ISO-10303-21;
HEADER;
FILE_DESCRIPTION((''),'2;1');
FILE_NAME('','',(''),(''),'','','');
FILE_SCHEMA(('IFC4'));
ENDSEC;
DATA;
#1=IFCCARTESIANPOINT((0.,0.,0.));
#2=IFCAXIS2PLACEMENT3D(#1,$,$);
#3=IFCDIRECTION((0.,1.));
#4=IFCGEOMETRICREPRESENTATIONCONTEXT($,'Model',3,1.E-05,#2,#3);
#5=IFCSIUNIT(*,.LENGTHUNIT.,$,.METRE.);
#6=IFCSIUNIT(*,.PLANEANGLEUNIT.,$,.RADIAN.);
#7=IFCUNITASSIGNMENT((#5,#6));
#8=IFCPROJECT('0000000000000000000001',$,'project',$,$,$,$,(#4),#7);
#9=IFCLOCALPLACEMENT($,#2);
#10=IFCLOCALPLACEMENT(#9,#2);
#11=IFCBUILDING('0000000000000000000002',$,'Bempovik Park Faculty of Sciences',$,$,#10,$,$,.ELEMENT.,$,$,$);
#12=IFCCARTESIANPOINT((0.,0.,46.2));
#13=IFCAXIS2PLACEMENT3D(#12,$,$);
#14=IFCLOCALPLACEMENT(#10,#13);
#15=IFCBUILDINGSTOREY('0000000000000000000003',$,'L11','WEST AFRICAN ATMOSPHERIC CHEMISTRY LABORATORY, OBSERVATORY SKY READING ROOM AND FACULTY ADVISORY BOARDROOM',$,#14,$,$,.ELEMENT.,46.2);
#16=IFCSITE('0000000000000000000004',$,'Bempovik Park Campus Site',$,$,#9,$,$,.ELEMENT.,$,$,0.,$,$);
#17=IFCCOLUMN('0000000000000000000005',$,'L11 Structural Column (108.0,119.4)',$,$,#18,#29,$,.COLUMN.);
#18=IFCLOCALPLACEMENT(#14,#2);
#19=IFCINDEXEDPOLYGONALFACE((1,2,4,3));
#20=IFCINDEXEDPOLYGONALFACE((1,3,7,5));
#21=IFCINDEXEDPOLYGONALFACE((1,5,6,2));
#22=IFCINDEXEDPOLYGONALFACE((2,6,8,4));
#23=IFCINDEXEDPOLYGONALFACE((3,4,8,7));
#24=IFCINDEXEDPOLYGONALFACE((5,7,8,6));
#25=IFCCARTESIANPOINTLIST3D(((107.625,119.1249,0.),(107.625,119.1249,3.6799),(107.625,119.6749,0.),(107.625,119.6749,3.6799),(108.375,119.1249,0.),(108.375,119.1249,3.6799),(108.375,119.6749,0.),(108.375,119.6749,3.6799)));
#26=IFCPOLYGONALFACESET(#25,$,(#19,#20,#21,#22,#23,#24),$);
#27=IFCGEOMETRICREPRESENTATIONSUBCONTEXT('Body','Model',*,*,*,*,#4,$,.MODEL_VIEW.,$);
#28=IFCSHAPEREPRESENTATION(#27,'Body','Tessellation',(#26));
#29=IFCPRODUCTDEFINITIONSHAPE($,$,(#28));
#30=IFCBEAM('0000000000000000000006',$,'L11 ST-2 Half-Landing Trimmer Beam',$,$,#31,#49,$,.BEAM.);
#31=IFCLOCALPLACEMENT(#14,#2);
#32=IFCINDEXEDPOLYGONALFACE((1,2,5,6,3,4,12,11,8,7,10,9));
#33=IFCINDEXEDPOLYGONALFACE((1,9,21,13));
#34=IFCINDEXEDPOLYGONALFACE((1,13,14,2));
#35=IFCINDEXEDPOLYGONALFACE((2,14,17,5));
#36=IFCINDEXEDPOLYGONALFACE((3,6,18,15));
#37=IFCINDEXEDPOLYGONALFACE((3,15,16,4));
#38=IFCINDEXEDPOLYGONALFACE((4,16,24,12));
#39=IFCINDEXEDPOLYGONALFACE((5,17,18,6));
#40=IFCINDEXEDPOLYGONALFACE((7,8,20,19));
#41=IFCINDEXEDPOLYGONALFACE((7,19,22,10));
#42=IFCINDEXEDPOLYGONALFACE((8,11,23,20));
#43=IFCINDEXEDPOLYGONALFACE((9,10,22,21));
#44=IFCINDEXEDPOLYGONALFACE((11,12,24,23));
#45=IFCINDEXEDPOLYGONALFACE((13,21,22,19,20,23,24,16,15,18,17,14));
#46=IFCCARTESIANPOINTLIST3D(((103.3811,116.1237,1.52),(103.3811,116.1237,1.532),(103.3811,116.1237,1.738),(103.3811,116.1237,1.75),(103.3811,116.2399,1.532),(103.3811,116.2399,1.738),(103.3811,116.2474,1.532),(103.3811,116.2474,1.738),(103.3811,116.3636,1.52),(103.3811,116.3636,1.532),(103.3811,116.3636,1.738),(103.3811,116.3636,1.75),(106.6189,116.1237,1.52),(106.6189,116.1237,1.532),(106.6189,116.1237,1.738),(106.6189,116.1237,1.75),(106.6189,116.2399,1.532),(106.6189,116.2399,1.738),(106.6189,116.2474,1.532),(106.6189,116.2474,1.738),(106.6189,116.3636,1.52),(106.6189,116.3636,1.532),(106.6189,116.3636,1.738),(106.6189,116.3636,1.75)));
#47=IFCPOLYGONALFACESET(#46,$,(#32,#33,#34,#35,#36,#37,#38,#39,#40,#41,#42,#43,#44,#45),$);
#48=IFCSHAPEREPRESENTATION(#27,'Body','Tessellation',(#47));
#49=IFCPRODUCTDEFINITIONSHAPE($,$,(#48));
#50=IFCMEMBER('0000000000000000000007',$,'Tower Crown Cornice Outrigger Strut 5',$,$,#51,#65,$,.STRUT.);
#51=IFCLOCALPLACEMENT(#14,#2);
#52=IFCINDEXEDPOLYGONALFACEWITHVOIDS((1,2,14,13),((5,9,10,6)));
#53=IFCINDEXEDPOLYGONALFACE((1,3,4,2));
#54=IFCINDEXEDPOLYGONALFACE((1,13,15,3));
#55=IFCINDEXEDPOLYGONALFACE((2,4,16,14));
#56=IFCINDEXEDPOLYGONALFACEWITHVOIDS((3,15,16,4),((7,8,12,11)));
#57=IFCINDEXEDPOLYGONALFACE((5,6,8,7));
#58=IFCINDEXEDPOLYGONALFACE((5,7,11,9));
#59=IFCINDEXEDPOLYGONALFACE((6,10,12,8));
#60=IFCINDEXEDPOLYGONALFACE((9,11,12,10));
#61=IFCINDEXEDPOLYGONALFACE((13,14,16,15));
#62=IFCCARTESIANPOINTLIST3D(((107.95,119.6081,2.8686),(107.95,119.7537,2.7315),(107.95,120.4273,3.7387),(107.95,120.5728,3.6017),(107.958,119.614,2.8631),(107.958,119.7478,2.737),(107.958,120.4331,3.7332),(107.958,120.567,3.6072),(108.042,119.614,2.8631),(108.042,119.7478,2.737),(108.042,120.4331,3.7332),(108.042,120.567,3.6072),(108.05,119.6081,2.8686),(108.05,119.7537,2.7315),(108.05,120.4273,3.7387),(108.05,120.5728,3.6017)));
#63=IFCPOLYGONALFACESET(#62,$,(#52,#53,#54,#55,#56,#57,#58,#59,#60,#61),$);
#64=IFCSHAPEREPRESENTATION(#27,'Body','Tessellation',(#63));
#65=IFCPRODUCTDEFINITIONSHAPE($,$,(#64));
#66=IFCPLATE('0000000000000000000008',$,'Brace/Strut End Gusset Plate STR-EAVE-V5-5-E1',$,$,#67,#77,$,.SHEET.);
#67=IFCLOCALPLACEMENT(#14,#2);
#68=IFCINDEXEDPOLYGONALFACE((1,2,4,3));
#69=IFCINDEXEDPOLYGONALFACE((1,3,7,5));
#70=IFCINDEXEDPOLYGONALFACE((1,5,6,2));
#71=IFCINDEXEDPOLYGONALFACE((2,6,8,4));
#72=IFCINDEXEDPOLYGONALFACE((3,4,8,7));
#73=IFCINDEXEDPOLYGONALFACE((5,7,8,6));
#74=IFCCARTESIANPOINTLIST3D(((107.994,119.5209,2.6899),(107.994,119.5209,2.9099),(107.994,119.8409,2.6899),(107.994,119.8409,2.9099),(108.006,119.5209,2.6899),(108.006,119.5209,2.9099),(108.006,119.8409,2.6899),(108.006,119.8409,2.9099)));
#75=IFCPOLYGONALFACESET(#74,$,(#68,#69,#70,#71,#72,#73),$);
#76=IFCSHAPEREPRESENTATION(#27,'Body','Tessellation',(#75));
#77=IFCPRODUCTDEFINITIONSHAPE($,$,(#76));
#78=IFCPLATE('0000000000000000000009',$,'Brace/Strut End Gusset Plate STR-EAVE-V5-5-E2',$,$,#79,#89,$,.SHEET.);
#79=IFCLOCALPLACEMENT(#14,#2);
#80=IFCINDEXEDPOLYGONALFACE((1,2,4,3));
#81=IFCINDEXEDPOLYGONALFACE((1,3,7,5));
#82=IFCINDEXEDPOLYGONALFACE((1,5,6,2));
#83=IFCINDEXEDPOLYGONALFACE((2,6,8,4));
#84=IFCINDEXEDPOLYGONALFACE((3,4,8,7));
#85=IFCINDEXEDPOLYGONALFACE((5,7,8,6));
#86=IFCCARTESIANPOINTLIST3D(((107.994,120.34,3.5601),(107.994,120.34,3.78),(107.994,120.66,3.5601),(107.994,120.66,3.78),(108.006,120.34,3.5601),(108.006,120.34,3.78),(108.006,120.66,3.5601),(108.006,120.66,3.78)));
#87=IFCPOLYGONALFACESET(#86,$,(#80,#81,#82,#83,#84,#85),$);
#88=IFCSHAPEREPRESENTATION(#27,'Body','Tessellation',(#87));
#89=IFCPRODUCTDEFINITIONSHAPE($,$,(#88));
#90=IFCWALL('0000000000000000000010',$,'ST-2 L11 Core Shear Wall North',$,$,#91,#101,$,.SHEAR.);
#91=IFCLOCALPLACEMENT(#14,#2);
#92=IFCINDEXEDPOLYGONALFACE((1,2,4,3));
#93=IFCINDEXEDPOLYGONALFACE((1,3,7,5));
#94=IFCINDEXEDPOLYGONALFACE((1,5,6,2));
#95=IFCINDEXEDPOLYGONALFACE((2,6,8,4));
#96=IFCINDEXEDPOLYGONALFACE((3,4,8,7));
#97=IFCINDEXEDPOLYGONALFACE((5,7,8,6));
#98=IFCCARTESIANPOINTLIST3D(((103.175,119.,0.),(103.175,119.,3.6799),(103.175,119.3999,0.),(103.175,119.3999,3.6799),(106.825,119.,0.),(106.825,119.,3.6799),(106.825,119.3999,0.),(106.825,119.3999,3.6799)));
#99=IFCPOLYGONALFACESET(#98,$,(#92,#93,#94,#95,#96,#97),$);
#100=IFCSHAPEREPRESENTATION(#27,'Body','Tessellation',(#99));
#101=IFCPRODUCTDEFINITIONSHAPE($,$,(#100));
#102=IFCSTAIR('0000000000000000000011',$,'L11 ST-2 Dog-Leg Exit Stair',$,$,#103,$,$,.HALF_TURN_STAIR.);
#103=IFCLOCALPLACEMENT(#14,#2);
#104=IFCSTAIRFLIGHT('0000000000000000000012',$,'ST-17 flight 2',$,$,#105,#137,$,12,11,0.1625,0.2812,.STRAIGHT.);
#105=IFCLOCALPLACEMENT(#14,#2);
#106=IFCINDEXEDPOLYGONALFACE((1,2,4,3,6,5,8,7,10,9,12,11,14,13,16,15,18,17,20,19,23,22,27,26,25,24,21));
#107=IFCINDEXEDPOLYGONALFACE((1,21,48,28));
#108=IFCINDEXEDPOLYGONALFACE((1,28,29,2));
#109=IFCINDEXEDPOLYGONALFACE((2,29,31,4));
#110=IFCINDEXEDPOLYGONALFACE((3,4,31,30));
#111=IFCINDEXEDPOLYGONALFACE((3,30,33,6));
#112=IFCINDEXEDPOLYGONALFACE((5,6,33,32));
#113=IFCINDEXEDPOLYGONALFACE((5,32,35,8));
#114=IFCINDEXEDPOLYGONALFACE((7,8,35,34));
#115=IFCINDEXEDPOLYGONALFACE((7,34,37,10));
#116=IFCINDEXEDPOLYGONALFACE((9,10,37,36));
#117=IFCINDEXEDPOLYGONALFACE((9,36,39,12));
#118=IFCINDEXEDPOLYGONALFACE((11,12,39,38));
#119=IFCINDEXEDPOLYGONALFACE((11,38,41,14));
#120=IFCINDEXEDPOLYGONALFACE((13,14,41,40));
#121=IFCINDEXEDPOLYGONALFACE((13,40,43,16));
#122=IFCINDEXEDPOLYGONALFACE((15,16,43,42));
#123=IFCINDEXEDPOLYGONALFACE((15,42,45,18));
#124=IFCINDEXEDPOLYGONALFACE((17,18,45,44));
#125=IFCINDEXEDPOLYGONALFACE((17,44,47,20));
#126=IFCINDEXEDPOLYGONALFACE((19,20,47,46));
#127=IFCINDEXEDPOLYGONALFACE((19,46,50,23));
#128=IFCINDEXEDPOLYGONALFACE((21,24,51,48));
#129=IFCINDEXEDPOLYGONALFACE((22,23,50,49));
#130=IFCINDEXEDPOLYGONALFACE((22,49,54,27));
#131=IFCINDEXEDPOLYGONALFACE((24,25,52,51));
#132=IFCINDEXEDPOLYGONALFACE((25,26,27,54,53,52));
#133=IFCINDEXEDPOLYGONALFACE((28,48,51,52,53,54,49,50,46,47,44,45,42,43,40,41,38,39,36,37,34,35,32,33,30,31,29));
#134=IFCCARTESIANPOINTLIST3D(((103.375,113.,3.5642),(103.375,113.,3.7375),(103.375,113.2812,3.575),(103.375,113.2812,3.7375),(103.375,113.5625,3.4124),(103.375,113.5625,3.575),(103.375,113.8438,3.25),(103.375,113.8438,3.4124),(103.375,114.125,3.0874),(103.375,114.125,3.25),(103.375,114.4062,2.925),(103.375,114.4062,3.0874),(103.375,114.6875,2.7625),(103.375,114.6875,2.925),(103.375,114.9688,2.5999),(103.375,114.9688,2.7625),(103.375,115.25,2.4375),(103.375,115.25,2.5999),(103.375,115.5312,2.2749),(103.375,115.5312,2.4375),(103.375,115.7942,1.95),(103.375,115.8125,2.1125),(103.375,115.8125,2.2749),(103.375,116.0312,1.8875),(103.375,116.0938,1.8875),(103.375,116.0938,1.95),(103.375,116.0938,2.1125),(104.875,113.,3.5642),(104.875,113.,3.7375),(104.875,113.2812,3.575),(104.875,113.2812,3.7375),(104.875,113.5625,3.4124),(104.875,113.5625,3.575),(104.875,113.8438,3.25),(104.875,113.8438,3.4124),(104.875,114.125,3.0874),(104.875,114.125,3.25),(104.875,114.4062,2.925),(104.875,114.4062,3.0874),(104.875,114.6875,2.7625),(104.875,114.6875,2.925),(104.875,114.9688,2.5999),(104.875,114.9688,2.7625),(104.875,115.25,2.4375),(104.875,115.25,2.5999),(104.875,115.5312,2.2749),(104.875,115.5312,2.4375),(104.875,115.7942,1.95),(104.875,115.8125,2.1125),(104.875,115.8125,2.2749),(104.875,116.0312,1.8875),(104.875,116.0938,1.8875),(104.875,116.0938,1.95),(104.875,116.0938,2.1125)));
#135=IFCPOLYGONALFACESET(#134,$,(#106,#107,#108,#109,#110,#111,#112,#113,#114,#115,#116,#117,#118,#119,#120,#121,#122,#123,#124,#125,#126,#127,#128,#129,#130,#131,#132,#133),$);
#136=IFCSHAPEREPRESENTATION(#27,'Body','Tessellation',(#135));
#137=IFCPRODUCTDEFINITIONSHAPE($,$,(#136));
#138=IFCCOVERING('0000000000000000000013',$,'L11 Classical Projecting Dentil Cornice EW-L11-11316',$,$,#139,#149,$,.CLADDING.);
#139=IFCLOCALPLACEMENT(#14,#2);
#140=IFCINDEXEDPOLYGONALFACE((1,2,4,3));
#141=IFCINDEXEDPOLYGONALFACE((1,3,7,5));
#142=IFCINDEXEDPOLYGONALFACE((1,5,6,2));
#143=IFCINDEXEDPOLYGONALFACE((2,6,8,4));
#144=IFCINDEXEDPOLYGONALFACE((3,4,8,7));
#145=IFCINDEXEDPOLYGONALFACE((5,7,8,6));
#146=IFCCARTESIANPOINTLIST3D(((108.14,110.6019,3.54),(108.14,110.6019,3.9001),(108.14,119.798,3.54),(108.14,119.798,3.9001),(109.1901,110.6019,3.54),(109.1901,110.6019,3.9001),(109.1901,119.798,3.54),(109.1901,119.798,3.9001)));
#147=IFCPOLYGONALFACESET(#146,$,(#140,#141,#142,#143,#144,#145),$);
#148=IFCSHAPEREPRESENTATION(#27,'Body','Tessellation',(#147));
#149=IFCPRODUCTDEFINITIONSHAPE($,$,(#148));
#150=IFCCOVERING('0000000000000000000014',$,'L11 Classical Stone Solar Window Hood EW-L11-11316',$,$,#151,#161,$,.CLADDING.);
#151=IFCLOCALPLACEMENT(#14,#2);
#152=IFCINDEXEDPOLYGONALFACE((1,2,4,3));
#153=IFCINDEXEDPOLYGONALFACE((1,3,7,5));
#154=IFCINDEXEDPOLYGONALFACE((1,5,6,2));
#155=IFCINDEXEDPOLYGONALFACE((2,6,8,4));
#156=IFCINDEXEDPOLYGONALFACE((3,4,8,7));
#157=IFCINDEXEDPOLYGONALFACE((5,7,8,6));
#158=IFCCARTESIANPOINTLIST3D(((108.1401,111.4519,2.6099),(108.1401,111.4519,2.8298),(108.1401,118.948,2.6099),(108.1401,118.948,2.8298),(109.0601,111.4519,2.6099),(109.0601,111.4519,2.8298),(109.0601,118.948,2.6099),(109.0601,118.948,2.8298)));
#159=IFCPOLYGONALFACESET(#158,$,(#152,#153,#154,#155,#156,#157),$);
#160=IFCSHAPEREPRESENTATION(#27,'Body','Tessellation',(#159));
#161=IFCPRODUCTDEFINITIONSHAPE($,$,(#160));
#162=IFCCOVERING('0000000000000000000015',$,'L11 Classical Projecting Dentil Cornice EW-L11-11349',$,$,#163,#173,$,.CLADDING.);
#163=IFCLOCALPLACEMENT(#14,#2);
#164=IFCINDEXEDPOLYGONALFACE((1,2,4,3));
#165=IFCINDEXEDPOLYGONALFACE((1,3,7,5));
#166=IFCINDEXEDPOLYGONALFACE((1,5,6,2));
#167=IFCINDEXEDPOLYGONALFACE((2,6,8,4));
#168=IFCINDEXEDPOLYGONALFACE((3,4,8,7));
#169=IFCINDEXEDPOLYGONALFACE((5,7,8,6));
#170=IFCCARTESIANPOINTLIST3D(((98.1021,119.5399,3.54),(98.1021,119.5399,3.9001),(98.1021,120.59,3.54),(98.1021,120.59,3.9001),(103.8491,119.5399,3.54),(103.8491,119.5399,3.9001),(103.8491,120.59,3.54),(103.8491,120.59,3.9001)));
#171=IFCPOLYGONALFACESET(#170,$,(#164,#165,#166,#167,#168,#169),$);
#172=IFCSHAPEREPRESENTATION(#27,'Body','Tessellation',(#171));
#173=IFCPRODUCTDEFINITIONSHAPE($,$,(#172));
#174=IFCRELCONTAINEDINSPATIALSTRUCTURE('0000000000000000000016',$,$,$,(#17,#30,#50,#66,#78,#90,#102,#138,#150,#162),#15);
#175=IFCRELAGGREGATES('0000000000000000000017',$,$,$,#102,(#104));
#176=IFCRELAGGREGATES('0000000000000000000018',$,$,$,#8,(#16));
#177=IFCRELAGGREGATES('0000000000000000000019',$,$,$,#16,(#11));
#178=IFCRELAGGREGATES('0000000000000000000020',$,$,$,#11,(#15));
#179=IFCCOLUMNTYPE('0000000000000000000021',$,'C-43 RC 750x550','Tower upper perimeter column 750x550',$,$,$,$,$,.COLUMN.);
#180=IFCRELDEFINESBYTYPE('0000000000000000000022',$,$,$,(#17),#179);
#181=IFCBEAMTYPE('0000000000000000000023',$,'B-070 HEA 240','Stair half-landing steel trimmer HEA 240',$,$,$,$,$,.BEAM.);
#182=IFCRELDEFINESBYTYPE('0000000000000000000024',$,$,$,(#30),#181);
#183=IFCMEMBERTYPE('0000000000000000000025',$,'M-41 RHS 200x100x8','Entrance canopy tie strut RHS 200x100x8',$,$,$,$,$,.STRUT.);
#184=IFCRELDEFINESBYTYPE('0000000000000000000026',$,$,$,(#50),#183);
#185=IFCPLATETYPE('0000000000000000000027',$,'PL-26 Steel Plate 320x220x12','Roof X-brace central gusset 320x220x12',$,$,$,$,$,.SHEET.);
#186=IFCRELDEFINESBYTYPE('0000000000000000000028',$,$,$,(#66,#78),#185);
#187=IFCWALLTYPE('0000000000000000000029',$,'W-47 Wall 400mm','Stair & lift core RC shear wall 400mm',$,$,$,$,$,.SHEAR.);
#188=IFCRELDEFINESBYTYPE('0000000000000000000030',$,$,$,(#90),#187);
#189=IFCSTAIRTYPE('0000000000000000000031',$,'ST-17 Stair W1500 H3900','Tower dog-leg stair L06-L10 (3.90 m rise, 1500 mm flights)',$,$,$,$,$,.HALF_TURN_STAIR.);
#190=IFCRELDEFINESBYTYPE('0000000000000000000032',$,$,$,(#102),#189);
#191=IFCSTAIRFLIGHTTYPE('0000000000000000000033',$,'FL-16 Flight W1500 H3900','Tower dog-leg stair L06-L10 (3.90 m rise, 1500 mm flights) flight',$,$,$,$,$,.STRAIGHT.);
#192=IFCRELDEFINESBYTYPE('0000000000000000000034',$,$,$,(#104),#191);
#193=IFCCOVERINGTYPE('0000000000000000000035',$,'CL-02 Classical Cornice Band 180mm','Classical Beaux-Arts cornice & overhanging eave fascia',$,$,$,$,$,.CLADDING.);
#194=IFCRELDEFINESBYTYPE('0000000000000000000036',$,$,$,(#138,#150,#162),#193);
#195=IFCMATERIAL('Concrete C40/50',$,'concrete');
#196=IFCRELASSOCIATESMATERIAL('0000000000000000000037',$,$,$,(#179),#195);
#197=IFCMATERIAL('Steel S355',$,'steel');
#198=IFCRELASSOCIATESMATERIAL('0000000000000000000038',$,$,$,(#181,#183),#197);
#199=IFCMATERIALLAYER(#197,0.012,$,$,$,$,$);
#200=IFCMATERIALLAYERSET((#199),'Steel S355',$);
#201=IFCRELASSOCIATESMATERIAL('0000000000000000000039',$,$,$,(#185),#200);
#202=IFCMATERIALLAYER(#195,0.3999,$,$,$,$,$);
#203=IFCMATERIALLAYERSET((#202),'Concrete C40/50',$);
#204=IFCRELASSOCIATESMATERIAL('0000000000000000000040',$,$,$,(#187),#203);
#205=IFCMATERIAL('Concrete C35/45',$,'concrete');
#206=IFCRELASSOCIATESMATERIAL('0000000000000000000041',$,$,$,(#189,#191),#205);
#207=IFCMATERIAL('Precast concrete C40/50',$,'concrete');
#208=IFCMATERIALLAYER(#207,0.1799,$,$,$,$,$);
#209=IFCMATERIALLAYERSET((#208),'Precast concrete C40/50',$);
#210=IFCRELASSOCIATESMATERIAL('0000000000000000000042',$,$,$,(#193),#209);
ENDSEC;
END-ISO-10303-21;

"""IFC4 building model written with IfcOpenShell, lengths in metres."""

from ifc_helpers import new_model, si_unit, direction, frame, frame_2d, origin, origin_2d, place, context, subcontext, project, spatial, polyline, rectangle, hollow_rectangle, i_section, outline, extrude, material, layer, layer_set, material_profile, profile_set, type_object, element, aggregate, save


model = new_model("IFC4")

# Units and contexts
model_context = context("Model", 3, precision=1e-05, world=origin(), true_north=direction((0.0, 1.0)))
body_context = subcontext(model_context, "Body", "Model", "MODEL_VIEW")
ifc_project = project(units=[si_unit("LENGTHUNIT", "METRE"), si_unit("PLANEANGLEUNIT", "RADIAN")], contexts=[model_context])

# Site, building, storey
site_placement = place(None, origin())
site = spatial("IfcSite", under=ifc_project, at=site_placement, Name="Bempovik Park Campus Site", CompositionType="ELEMENT", RefElevation=0.0)
building_placement = place(site_placement, origin())
building = spatial("IfcBuilding", under=site, at=building_placement, Name="Bempovik Park Faculty of Sciences", CompositionType="ELEMENT")
storey_placement = place(building_placement, frame((0.0, 0.0, 46.2)))
storey = spatial("IfcBuildingStorey", under=building, at=storey_placement, Name="L11", Description="WEST AFRICAN ATMOSPHERIC CHEMISTRY LABORATORY, OBSERVATORY SKY READING ROOM AND FACULTY ADVISORY BOARDROOM", CompositionType="ELEMENT", Elevation=46.2)

# Column
ifc_material_1 = material(Name="Concrete C40/50", Category="concrete")
ifc_material_profile_1 = material_profile(ifc_material_1, rectangle(XDim=0.75, YDim=0.55, at=origin_2d()), Name="RC 750x550")
ifc_profile_set_1 = profile_set([ifc_material_profile_1], Name="Concrete C40/50")
column_type = type_object("IfcColumnType", Name="C-43 RC 750x550", Description="Tower upper perimeter column 750x550", PredefinedType="COLUMN", material=ifc_profile_set_1)
column_placement = place(storey_placement, frame((108.0, 119.3999, 0.0), z_axis=(0.0, 0.0, 1.0), x_axis=(1.0, 0.0, 0.0)))
element("IfcColumn", 1, at=column_placement, inside=storey, type_object=column_type, Name="L11 Structural Column (108.0,119.4)", PredefinedType="COLUMN", context=body_context, shape_type="SweptSolid", body=[
    extrude(rectangle(XDim=0.75, YDim=0.55, at=origin_2d()), origin(), (0.0, 0.0, 1.0), 3.6799),
])

# Beam
ifc_material_2 = material(Name="Steel S355", Category="steel")
ifc_material_profile_2 = material_profile(ifc_material_2, i_section(OverallWidth=0.24, OverallDepth=0.23, WebThickness=0.0076, FlangeThickness=0.012, at=origin_2d()), Name="HEA 240")
ifc_profile_set_2 = profile_set([ifc_material_profile_2], Name="Steel S355")
beam_type = type_object("IfcBeamType", Name="B-070 HEA 240", Description="Stair half-landing steel trimmer HEA 240", PredefinedType="BEAM", material=ifc_profile_set_2)
beam_placement = place(storey_placement, frame((103.3811, 116.2437, 1.635), z_axis=(1.0, 0.0, 0.0), x_axis=(0.0, 1.0, 0.0)))
element("IfcBeam", 2, at=beam_placement, inside=storey, type_object=beam_type, Name="L11 ST-2 Half-Landing Trimmer Beam", PredefinedType="BEAM", context=body_context, shape_type="SweptSolid", body=[
    extrude(i_section(OverallWidth=0.24, OverallDepth=0.23, WebThickness=0.0076, FlangeThickness=0.012, at=origin_2d()), origin(), (0.0, 0.0, 1.0), 3.2378),
])

# Member
ifc_material_profile_3 = material_profile(ifc_material_2, hollow_rectangle(XDim=0.1001, YDim=0.2, WallThickness=0.0081, at=origin_2d()), Name="RHS 200x100x8")
ifc_profile_set_3 = profile_set([ifc_material_profile_3], Name="Steel S355")
member_type = type_object("IfcMemberType", Name="M-41 RHS 200x100x8", Description="Entrance canopy tie strut RHS 200x100x8", PredefinedType="STRUT", material=ifc_profile_set_3)
member_placement = place(storey_placement, frame((108.0, 119.6809, 2.8), z_axis=(0.0, 0.685435, 0.728134), x_axis=(-1.0, 0.0, 0.0)))
element("IfcMember", 3, at=member_placement, inside=storey, type_object=member_type, Name="Tower Crown Cornice Outrigger Strut 5", PredefinedType="STRUT", context=body_context, shape_type="SweptSolid", body=[
    extrude(hollow_rectangle(XDim=0.1001, YDim=0.2, WallThickness=0.0081, at=origin_2d()), origin(), (0.0, 0.0, 1.0), 1.1951),
])

# Plates
ifc_layer_1 = layer(ifc_material_2, 0.012)
ifc_layer_set_1 = layer_set([ifc_layer_1], Name="Steel S355")
plate_type = type_object("IfcPlateType", Name="PL-26 Steel Plate 320x220x12", Description="Roof X-brace central gusset 320x220x12", PredefinedType="SHEET", material=ifc_layer_set_1)
for number, where, z_axis, x_axis, name in (
    (4, (108.0, 119.6809, 2.6899), (0.0, 0.0, 1.0), (1.0, 0.0, 0.0), "Brace/Strut End Gusset Plate STR-EAVE-V5-5-E1"),
    (5, (108.0, 120.5, 3.5601), (0.0, 0.0, 1.0), (1.0, 0.0, 0.0), "Brace/Strut End Gusset Plate STR-EAVE-V5-5-E2"),
):
    element("IfcPlate", number, at=place(storey_placement, frame(where, z_axis=z_axis, x_axis=x_axis)), inside=storey, type_object=plate_type, Name=name, PredefinedType="SHEET", context=body_context, shape_type="SweptSolid", body=[
        extrude(rectangle(XDim=0.012, YDim=0.3201, at=origin_2d()), origin(), (0.0, 0.0, 1.0), 0.22),
    ])

# Wall
ifc_layer_2 = layer(ifc_material_1, 0.3999)
ifc_layer_set_2 = layer_set([ifc_layer_2], Name="Concrete C40/50")
wall_type = type_object("IfcWallType", Name="W-47 Wall 400mm", Description="Stair & lift core RC shear wall 400mm", PredefinedType="SHEAR", material=ifc_layer_set_2)
wall_placement = place(storey_placement, frame((103.175, 119.2, 0.0), z_axis=(0.0, 0.0, 1.0), x_axis=(1.0, 0.0, 0.0)))
element("IfcWall", 6, at=wall_placement, inside=storey, type_object=wall_type, Name="ST-2 L11 Core Shear Wall North", PredefinedType="SHEAR", context=body_context, shape_type="SweptSolid", body=[
    extrude(rectangle(XDim=3.6499, YDim=0.3999, at=frame_2d((1.825, 0.0))), origin(), (0.0, 0.0, 1.0), 3.6799),
])

# Stair, stair flight
ifc_material_3 = material(Name="Concrete C35/45", Category="concrete")
stair_type = type_object("IfcStairType", Name="ST-17 Stair W1500 H3900", Description="Tower dog-leg stair L06-L10 (3.90 m rise, 1500 mm flights)", PredefinedType="HALF_TURN_STAIR", material=ifc_material_3)
stair_placement = place(storey_placement, origin())
stair = element("IfcStair", 7, at=stair_placement, inside=storey, type_object=stair_type, Name="L11 ST-2 Dog-Leg Exit Stair", PredefinedType="HALF_TURN_STAIR")
stair_flight_type = type_object("IfcStairFlightType", Name="FL-16 Flight W1500 H3900", Description="Tower dog-leg stair L06-L10 (3.90 m rise, 1500 mm flights) flight", PredefinedType="STRAIGHT", material=ifc_material_3)
stair_flight_placement = place(storey_placement, frame((104.125, 116.0938, 1.95), z_axis=(0.0, 0.0, 1.0), x_axis=(0.0, -1.0, 0.0)))
stair_flight = element("IfcStairFlight", 8, at=stair_flight_placement, type_object=stair_flight_type, Name="ST-17 flight 2", NumberOfRisers=12, NumberOfTreads=11, PredefinedType="STRAIGHT", RiserHeight=0.1625, TreadLength=0.2812, context=body_context, shape_type="SweptSolid", body=[
    extrude(outline(polyline([(0.0, 0.0), (0.0, 0.1626), (0.2812, 0.1626), (0.2812, 0.325), (0.5625, 0.325), (0.5625, 0.4875), (0.8438, 0.4875), (0.8438, 0.6499), (1.125, 0.6499), (1.125, 0.8125), (1.4062, 0.8125), (1.4062, 0.9751), (1.6875, 0.9751), (1.6875, 1.1375), (1.9688, 1.1375), (1.9688, 1.3), (2.25, 1.3), (2.25, 1.4624), (2.5312, 1.4624), (2.5312, 1.625), (2.8125, 1.625), (2.8125, 1.7876), (3.0938, 1.7876), (3.0938, 1.95), (3.0938, 1.6143), (0.2996, 0.0), (0.0625, -0.0625), (0.0, -0.0625), (0.0, 0.0)])), frame((0.0, 0.75, 0.0), z_axis=(0.0, -1.0, 0.0), x_axis=(1.0, 0.0, 0.0)), (0.0, 0.0, 1.0), 1.5),
])
aggregate(stair, [stair_flight])

# Coverings
ifc_material_4 = material(Name="Precast concrete C40/50", Category="concrete")
ifc_layer_3 = layer(ifc_material_4, 0.1799)
ifc_layer_set_3 = layer_set([ifc_layer_3], Name="Precast concrete C40/50")
covering_type_1 = type_object("IfcCoveringType", Name="CL-02 Classical Cornice Band 180mm", Description="Classical Beaux-Arts cornice & overhanging eave fascia", PredefinedType="CLADDING", material=ifc_layer_set_3)
covering_1_placement = place(storey_placement, frame((108.665, 115.2, 3.54), z_axis=(0.0, 0.0, 1.0), x_axis=(1.0, 0.0, 0.0)))
element("IfcCovering", 9, at=covering_1_placement, inside=storey, type_object=covering_type_1, Name="L11 Classical Projecting Dentil Cornice EW-L11-11316", PredefinedType="CLADDING", context=body_context, shape_type="SweptSolid", body=[
    extrude(rectangle(XDim=1.05, YDim=9.196, at=origin_2d()), origin(), (0.0, 0.0, 1.0), 0.3601),
])
covering_2_placement = place(storey_placement, frame((108.6001, 115.2, 2.6099), z_axis=(0.0, 0.0, 1.0), x_axis=(1.0, 0.0, 0.0)))
element("IfcCovering", 10, at=covering_2_placement, inside=storey, type_object=covering_type_1, Name="L11 Classical Stone Solar Window Hood EW-L11-11316", PredefinedType="CLADDING", context=body_context, shape_type="SweptSolid", body=[
    extrude(rectangle(XDim=0.9199, YDim=7.4961, at=origin_2d()), origin(), (0.0, 0.0, 1.0), 0.22),
])
covering_3_placement = place(storey_placement, frame((100.9756, 120.0649, 3.54), z_axis=(0.0, 0.0, 1.0), x_axis=(1.0, 0.0, 0.0)))
element("IfcCovering", 11, at=covering_3_placement, inside=storey, type_object=covering_type_1, Name="L11 Classical Projecting Dentil Cornice EW-L11-11349", PredefinedType="CLADDING", context=body_context, shape_type="SweptSolid", body=[
    extrude(rectangle(XDim=5.7471, YDim=1.05, at=origin_2d()), origin(), (0.0, 0.0, 1.0), 0.3601),
])

save(model, "model.ifc")
